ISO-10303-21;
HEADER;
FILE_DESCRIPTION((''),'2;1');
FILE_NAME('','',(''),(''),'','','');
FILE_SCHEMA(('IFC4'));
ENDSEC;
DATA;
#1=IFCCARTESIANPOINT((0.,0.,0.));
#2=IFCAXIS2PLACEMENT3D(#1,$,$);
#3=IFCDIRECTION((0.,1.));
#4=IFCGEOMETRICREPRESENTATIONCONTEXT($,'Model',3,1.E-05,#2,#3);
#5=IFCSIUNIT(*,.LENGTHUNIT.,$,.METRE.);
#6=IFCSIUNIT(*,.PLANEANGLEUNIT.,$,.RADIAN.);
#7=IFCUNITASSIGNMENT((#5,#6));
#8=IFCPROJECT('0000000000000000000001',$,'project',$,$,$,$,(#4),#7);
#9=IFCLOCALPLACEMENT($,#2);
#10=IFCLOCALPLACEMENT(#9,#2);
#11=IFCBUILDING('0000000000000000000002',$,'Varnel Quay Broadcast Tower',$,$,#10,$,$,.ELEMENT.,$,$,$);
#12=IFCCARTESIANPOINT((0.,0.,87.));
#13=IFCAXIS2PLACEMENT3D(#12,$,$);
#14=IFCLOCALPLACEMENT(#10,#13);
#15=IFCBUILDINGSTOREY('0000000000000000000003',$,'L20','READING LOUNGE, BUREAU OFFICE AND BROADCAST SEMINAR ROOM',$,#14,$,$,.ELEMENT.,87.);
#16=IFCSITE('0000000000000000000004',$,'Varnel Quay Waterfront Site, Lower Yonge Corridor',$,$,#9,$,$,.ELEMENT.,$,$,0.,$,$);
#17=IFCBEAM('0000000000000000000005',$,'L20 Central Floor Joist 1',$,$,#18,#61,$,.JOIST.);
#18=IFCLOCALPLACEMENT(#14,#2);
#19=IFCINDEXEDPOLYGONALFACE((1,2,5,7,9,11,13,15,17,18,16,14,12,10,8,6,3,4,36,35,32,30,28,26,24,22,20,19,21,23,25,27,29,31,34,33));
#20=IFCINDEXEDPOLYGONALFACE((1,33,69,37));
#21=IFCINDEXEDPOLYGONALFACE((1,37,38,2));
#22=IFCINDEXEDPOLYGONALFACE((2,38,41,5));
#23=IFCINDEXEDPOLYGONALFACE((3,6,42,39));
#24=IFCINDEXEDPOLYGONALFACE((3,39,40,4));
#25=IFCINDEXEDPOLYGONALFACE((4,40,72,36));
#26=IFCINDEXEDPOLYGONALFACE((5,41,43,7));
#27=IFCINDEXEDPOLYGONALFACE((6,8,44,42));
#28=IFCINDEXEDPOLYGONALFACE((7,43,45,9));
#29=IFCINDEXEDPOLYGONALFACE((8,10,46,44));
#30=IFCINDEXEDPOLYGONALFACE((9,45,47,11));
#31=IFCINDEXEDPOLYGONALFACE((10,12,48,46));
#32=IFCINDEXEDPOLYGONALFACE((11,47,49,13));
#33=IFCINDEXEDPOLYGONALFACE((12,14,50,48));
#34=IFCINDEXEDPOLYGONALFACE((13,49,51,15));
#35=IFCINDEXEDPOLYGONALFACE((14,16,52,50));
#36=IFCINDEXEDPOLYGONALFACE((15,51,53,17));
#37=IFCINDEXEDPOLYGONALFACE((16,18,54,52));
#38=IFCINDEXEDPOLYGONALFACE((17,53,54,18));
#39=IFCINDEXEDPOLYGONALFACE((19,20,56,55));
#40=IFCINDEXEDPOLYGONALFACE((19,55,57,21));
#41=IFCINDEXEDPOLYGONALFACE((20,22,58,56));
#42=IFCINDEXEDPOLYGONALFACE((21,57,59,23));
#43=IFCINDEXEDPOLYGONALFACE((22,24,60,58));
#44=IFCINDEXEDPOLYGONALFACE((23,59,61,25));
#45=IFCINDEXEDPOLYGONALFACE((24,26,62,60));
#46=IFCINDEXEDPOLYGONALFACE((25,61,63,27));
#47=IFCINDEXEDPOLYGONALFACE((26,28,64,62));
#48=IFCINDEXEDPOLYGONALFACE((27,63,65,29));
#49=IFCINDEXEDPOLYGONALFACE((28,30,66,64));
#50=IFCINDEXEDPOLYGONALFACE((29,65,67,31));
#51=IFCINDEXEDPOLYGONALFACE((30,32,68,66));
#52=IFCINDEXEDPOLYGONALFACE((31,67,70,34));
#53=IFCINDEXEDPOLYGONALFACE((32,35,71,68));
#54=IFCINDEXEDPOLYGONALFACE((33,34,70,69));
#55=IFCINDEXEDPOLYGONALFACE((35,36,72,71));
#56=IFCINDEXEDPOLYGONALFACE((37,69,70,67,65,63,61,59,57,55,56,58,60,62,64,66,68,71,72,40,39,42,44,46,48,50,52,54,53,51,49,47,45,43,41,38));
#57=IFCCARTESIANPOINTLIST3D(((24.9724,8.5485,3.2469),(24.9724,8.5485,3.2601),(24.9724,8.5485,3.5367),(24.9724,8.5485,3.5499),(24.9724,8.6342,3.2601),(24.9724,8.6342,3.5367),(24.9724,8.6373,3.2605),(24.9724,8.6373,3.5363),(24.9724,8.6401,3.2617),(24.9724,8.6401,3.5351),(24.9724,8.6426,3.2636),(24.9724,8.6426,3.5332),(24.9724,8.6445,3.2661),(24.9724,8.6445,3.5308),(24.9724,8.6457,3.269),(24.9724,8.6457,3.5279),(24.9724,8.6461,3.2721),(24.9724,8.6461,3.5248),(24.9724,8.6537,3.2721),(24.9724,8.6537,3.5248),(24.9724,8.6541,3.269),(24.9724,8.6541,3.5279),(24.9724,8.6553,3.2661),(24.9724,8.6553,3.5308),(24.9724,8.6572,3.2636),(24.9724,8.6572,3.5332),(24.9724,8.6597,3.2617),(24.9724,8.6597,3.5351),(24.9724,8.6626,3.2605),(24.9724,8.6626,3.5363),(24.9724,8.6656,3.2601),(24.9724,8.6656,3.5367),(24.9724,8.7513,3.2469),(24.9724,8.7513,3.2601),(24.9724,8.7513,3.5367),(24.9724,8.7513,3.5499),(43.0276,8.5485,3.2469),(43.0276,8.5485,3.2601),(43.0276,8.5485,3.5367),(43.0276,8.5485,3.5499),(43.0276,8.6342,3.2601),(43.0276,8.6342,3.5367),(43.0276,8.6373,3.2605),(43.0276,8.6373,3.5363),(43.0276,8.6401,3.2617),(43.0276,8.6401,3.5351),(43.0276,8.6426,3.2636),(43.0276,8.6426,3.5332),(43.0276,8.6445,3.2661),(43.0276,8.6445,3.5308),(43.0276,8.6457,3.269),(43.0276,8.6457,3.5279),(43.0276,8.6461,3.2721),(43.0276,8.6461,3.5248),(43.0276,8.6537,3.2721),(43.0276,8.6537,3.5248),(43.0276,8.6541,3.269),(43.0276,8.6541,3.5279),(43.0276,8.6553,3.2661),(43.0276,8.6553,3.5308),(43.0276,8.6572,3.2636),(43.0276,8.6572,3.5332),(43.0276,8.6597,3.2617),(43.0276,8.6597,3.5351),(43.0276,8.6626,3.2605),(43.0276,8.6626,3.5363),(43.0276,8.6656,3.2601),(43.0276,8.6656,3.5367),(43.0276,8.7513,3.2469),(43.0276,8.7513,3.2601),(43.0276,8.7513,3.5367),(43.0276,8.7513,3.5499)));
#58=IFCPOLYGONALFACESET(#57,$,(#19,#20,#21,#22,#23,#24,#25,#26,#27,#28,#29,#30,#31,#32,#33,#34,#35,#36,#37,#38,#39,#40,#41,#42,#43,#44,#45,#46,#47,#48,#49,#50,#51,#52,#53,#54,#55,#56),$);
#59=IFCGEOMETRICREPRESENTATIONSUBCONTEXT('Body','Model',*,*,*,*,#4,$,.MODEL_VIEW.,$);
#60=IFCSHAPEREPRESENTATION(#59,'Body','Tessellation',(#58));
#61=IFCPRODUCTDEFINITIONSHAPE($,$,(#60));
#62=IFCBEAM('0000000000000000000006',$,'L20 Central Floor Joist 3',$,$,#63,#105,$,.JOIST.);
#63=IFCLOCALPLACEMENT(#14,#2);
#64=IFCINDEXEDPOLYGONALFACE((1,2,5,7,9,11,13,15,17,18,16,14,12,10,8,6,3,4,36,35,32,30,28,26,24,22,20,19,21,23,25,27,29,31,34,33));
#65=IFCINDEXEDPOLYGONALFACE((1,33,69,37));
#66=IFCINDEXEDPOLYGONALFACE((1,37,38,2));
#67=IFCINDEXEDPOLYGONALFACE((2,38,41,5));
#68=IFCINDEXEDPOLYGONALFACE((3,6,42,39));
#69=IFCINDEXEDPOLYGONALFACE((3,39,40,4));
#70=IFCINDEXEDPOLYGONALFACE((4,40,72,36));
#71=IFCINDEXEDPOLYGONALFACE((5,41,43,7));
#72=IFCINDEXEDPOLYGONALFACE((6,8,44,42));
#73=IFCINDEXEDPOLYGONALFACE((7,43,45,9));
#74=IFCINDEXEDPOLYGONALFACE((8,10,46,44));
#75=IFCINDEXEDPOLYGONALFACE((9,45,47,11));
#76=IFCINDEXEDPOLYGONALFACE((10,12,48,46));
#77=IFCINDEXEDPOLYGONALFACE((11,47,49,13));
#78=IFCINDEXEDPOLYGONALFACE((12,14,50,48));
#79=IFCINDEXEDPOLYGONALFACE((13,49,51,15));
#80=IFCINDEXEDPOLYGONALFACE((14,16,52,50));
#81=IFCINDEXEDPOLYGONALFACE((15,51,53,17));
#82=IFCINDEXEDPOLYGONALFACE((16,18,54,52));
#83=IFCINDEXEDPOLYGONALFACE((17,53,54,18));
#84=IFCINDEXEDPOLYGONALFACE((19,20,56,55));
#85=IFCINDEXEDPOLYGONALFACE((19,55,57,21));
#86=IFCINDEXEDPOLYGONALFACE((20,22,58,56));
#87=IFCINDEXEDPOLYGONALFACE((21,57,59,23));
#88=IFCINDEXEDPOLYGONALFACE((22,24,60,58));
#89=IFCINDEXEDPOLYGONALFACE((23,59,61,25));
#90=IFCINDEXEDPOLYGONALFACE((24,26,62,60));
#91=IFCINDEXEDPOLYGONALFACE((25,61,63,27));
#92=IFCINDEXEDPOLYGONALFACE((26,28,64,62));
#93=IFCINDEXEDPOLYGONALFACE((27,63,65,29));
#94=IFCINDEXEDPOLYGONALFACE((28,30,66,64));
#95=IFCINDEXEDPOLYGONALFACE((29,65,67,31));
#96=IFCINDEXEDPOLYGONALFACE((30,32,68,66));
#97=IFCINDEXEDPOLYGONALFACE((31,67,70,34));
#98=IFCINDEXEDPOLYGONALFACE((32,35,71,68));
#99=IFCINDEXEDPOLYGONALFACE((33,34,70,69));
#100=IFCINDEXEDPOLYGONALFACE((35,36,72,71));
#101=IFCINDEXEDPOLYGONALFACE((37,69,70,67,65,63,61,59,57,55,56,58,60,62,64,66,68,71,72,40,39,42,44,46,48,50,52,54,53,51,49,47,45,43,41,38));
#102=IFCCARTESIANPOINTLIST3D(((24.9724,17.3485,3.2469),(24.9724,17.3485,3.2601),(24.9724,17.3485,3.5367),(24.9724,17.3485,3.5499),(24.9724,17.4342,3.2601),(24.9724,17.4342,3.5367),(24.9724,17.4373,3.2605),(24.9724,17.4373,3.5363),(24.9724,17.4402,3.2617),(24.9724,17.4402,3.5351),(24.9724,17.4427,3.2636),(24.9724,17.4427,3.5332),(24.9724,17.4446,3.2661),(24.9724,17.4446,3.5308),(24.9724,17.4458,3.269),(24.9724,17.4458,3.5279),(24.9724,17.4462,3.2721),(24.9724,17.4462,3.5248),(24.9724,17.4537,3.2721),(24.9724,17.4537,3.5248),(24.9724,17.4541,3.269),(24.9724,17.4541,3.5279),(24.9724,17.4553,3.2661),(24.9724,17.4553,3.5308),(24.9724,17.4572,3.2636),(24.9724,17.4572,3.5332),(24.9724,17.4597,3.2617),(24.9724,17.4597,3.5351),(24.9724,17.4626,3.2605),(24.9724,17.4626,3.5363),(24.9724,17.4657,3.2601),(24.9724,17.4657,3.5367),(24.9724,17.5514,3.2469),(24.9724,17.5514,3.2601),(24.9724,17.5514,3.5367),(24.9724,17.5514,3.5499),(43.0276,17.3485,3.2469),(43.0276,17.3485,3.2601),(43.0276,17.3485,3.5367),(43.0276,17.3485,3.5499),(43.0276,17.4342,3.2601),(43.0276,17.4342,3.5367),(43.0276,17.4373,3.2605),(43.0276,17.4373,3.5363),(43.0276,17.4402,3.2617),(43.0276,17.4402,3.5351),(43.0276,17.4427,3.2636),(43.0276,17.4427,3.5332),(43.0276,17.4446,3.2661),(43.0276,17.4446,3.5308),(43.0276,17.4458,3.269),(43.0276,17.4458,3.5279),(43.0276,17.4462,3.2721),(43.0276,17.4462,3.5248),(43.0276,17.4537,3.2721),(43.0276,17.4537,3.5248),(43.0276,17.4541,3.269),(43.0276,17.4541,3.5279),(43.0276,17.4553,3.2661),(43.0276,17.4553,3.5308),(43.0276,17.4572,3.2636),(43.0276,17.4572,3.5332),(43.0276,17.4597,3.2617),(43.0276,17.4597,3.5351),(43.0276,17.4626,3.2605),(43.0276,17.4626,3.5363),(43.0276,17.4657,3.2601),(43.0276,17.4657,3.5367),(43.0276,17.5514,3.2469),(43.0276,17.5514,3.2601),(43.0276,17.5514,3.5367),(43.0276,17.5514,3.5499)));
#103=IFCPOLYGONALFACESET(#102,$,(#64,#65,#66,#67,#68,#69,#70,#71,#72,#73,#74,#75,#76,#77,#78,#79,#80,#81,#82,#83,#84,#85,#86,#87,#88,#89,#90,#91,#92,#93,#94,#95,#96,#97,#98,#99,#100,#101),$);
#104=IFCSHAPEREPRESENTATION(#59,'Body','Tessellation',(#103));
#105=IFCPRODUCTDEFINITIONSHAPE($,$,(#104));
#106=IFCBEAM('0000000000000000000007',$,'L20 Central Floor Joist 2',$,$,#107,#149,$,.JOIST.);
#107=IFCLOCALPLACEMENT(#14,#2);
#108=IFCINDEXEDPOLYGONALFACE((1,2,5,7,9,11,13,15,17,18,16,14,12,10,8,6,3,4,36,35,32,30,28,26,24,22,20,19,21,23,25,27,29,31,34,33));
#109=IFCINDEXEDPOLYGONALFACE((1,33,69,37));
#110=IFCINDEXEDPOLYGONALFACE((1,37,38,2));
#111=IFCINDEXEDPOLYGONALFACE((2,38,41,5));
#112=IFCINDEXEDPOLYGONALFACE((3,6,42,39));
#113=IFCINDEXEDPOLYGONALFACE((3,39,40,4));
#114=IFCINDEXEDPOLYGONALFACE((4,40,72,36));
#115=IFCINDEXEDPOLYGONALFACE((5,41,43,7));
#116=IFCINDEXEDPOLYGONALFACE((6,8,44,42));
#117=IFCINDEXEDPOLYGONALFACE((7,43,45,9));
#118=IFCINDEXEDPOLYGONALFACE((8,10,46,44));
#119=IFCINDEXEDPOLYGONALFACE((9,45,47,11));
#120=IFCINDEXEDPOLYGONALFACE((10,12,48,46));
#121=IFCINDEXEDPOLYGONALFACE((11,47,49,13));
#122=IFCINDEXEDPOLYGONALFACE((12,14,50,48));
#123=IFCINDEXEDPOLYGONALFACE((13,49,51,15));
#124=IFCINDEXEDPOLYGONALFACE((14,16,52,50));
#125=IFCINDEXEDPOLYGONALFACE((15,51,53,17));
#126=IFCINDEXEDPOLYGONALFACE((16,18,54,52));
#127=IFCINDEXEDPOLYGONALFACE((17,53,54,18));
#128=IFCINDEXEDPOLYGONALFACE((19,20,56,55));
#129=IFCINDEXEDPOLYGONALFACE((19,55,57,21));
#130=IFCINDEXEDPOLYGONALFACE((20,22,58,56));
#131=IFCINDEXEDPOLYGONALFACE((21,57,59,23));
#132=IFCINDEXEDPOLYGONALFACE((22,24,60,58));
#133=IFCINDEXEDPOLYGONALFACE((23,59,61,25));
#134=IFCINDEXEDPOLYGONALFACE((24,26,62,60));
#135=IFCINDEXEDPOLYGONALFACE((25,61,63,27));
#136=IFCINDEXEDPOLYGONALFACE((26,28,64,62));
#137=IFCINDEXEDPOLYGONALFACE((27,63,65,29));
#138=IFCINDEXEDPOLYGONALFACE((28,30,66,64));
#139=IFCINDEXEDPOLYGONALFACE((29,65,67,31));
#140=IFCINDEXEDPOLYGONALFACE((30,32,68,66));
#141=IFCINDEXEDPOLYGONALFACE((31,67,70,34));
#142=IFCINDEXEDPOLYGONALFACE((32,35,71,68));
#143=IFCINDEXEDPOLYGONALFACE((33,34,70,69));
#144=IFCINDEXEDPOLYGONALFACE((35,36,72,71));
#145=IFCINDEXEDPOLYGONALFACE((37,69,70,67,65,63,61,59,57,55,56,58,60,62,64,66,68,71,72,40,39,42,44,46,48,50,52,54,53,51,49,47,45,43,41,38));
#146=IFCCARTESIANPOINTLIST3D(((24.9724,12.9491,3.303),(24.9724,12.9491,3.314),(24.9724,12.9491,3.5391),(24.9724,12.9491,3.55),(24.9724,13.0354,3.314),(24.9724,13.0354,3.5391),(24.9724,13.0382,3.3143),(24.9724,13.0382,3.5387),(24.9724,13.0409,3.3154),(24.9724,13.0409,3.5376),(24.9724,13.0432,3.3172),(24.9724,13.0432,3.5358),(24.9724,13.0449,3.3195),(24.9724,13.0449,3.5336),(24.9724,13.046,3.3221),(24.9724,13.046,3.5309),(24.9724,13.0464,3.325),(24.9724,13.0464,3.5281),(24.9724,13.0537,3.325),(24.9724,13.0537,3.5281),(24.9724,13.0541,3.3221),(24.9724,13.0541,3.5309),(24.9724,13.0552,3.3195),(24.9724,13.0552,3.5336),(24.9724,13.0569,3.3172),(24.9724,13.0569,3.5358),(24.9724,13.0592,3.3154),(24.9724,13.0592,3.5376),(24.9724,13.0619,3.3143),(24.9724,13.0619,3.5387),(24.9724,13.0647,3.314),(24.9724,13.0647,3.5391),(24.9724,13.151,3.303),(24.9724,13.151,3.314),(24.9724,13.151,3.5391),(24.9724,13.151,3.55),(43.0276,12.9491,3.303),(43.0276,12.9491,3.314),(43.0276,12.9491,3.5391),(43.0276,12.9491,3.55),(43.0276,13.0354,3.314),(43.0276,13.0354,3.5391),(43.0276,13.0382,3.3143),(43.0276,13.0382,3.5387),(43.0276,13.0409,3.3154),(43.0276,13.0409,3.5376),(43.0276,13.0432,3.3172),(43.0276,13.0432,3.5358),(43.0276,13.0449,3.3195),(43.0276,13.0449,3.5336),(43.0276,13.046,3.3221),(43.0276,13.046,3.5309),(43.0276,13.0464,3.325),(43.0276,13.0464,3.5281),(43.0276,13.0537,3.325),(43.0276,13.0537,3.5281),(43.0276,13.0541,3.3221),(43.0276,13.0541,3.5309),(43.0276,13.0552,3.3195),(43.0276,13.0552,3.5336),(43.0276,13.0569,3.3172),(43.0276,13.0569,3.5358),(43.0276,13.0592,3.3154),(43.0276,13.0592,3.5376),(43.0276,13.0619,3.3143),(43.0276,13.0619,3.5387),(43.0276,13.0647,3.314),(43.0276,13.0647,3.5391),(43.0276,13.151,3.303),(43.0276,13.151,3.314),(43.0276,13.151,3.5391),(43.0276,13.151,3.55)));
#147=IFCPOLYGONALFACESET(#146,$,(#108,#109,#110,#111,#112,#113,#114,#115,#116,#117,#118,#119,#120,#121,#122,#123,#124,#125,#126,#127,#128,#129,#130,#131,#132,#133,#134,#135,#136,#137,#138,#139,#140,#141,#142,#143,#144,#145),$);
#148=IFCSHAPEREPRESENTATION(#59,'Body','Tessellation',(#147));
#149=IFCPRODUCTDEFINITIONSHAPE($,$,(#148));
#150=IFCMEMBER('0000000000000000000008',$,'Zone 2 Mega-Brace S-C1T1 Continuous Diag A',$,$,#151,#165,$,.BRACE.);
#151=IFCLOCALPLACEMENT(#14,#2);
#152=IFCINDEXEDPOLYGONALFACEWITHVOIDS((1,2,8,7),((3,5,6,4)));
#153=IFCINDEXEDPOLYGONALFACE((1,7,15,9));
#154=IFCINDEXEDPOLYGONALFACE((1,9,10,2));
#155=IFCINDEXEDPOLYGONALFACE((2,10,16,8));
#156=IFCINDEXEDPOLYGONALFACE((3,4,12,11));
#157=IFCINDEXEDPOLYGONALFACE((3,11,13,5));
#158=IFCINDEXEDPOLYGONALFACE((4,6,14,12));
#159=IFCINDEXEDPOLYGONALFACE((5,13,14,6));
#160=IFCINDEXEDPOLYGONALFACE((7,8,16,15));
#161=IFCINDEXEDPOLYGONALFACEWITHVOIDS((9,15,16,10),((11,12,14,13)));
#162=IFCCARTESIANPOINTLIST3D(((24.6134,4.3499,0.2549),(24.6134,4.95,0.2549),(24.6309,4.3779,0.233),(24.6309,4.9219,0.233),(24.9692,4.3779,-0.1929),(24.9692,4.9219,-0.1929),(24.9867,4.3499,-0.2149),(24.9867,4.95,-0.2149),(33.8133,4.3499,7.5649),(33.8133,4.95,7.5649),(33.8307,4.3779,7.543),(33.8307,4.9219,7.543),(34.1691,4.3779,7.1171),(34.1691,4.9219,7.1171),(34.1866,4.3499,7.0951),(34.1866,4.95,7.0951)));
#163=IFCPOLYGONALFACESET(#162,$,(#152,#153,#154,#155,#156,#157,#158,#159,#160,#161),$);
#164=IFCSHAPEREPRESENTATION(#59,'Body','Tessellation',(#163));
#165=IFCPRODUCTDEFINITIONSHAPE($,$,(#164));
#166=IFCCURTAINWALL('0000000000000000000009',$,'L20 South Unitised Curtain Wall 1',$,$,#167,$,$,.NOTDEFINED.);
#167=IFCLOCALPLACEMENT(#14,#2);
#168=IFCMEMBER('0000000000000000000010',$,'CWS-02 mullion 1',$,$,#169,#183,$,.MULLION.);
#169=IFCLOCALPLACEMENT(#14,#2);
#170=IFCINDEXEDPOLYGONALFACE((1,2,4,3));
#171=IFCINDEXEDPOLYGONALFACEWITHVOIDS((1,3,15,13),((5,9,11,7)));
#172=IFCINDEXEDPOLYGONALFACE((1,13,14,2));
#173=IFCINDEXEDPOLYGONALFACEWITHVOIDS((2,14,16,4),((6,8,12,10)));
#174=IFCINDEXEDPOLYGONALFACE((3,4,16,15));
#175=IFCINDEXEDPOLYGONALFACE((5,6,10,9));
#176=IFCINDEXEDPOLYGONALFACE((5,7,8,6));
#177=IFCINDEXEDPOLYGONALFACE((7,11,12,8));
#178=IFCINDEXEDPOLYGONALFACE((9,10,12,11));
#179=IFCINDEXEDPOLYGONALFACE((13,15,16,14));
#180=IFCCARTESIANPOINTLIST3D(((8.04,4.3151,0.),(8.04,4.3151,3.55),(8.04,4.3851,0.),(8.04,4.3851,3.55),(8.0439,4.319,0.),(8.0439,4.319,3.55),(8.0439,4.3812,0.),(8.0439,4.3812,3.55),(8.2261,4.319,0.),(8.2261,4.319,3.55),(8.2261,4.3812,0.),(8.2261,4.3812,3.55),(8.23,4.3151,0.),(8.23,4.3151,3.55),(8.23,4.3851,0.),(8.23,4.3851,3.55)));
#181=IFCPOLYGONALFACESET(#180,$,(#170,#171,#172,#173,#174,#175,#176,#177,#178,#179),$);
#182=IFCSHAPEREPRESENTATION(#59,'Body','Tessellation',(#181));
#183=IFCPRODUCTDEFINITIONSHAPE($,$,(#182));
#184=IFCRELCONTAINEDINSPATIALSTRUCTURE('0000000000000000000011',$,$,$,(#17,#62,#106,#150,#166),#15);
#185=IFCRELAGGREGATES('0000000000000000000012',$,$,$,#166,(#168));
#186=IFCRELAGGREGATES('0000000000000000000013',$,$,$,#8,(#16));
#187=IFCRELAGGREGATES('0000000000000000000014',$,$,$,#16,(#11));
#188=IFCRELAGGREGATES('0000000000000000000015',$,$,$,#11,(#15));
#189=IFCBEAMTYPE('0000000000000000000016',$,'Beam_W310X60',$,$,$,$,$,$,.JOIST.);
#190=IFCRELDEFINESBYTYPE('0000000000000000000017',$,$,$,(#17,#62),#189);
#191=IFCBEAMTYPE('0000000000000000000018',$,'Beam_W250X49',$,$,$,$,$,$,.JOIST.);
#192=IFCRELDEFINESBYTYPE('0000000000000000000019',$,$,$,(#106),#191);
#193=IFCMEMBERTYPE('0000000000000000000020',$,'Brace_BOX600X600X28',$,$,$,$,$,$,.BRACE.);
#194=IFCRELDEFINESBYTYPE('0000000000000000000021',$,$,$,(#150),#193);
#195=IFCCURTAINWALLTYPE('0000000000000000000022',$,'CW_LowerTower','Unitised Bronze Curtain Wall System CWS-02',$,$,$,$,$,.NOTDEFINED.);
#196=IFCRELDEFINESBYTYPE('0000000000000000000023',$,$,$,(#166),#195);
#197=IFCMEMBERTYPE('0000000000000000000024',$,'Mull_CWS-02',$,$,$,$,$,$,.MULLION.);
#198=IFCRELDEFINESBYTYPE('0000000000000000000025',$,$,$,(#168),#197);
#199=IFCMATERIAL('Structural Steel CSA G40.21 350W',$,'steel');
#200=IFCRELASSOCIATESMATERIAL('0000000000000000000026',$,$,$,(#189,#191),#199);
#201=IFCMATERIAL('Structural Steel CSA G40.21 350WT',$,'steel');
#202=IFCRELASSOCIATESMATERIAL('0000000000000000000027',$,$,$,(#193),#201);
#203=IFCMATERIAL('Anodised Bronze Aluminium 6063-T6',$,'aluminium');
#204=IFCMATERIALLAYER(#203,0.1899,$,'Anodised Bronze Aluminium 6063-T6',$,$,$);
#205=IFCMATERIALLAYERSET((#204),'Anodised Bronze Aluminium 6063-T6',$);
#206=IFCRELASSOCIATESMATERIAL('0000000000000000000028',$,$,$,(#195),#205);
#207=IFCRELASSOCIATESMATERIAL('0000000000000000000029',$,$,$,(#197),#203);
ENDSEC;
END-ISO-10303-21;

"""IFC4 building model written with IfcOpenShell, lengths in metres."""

from ifc_helpers import new_model, si_unit, direction, frame, origin, origin_2d, place, context, subcontext, project, spatial, hollow_rectangle, i_section, extrude, source, transform, mapped, material, layer, layer_set, material_profile, profile_set, type_object, type_shapes, element, aggregate, save


model = new_model("IFC4")

# Units and contexts
model_context = context("Model", 3, precision=1e-05, world=origin(), true_north=direction((0.0, 1.0)))
body_context = subcontext(model_context, "Body", "Model", "MODEL_VIEW")
ifc_project = project(units=[si_unit("LENGTHUNIT", "METRE"), si_unit("PLANEANGLEUNIT", "RADIAN")], contexts=[model_context])

# Site, building, storey
site_placement = place(None, origin())
site = spatial("IfcSite", under=ifc_project, at=site_placement, Name="Varnel Quay Waterfront Site, Lower Yonge Corridor", CompositionType="ELEMENT", RefElevation=0.0)
building_placement = place(site_placement, origin())
building = spatial("IfcBuilding", under=site, at=building_placement, Name="Varnel Quay Broadcast Tower", CompositionType="ELEMENT")
storey_placement = place(building_placement, frame((0.0, 0.0, 87.0)))
storey = spatial("IfcBuildingStorey", under=building, at=storey_placement, Name="L20", Description="READING LOUNGE, BUREAU OFFICE AND BROADCAST SEMINAR ROOM", CompositionType="ELEMENT", Elevation=87.0)

# Shared definitions
ifc_material_1 = material(Name="Structural Steel CSA G40.21 350WT", Category="steel")
ifc_material_2 = material(Name="Structural Steel CSA G40.21 350W", Category="steel")

# Beams
ifc_material_profile_1 = material_profile(ifc_material_2, i_section(OverallWidth=0.2029, OverallDepth=0.303, WebThickness=0.0076, FlangeThickness=0.0132, FilletRadius=0.012, at=origin_2d()), Name="W310X60")
ifc_profile_set_1 = profile_set([ifc_material_profile_1], Name="Structural Steel CSA G40.21 350W")
beam_type_1 = type_object("IfcBeamType", Name="Beam_W310X60", PredefinedType="JOIST", material=ifc_profile_set_1)
shared_shape_1 = source(origin(), body_context, "Body", "SweptSolid", [
    extrude(i_section(OverallWidth=0.2029, OverallDepth=0.303, WebThickness=0.0076, FlangeThickness=0.0132, FilletRadius=0.012, at=origin_2d()), origin(), (0.0, 0.0, 1.0), 18.0552),
])
type_shapes(beam_type_1, [shared_shape_1])
for number, where, z_axis, x_axis, name in (
    (1, (24.9724, 8.6499, 3.3984), (1.0, 0.0, 0.0), (0.0, 1.0, 0.0), "L20 Central Floor Joist 1"),
    (2, (24.9724, 17.45, 3.3984), (1.0, 0.0, 0.0), (0.0, 1.0, 0.0), "L20 Central Floor Joist 3"),
):
    element("IfcBeam", number, at=place(storey_placement, frame(where, z_axis=z_axis, x_axis=x_axis)), inside=storey, type_object=beam_type_1, Name=name, PredefinedType="JOIST", context=body_context, shape_type="MappedRepresentation", body=[
        mapped(shared_shape_1, transform((0.0, 0.0, 0.0), x_axis=(1.0, 0.0, 0.0), y_axis=(0.0, 1.0, 0.0), z_axis=(0.0, 0.0, 1.0), scale=1.0)),
    ])
ifc_material_profile_2 = material_profile(ifc_material_2, i_section(OverallWidth=0.2019, OverallDepth=0.2471, WebThickness=0.0073, FlangeThickness=0.011, FilletRadius=0.011, at=origin_2d()), Name="W250X49")
ifc_profile_set_2 = profile_set([ifc_material_profile_2], Name="Structural Steel CSA G40.21 350W")
beam_type_2 = type_object("IfcBeamType", Name="Beam_W250X49", PredefinedType="JOIST", material=ifc_profile_set_2)
shared_shape_2 = source(origin(), body_context, "Body", "SweptSolid", [
    extrude(i_section(OverallWidth=0.2019, OverallDepth=0.2471, WebThickness=0.0073, FlangeThickness=0.011, FilletRadius=0.011, at=origin_2d()), origin(), (0.0, 0.0, 1.0), 18.0552),
])
type_shapes(beam_type_2, [shared_shape_2])
beam_1_placement = place(storey_placement, frame((24.9724, 13.05, 3.4265), z_axis=(1.0, 0.0, 0.0), x_axis=(0.0, 1.0, 0.0)))
element("IfcBeam", 3, at=beam_1_placement, inside=storey, type_object=beam_type_2, Name="L20 Central Floor Joist 2", PredefinedType="JOIST", context=body_context, shape_type="MappedRepresentation", body=[
    mapped(shared_shape_2, transform((0.0, 0.0, 0.0), x_axis=(1.0, 0.0, 0.0), y_axis=(0.0, 1.0, 0.0), z_axis=(0.0, 0.0, 1.0), scale=1.0)),
])

# Member
ifc_material_profile_3 = material_profile(ifc_material_1, hollow_rectangle(XDim=0.6001, YDim=0.6001, WallThickness=0.0281, at=origin_2d()), Name="BOX600X600X28")
ifc_profile_set_3 = profile_set([ifc_material_profile_3], Name="Structural Steel CSA G40.21 350WT")
member_type_1 = type_object("IfcMemberType", Name="Brace_BOX600X600X28", PredefinedType="BRACE", material=ifc_profile_set_3)
shared_shape_3 = source(origin(), body_context, "Body", "SweptSolid", [
    extrude(hollow_rectangle(XDim=0.6001, YDim=0.6001, WallThickness=0.0281, at=origin_2d()), origin(), (0.0, 0.0, 1.0), 11.7505),
])
type_shapes(member_type_1, [shared_shape_3])
member_1_placement = place(storey_placement, frame((24.8, 4.6499, 0.02), z_axis=(0.782936, 0.0, 0.622102), x_axis=(0.0, 1.0, 0.0)))
element("IfcMember", 4, at=member_1_placement, inside=storey, type_object=member_type_1, Name="Zone 2 Mega-Brace S-C1T1 Continuous Diag A", PredefinedType="BRACE", context=body_context, shape_type="MappedRepresentation", body=[
    mapped(shared_shape_3, transform((0.0, 0.0, 0.0), x_axis=(1.0, 0.0, 0.0), y_axis=(0.0, 1.0, 0.0), z_axis=(0.0, 0.0, 1.0), scale=1.0)),
])

# Curtain wall, member
ifc_material_3 = material(Name="Anodised Bronze Aluminium 6063-T6", Category="aluminium")
ifc_layer_1 = layer(ifc_material_3, 0.1899, Name="Anodised Bronze Aluminium 6063-T6")
ifc_layer_set_1 = layer_set([ifc_layer_1], Name="Anodised Bronze Aluminium 6063-T6")
curtain_wall_type_1 = type_object("IfcCurtainWallType", Name="CW_LowerTower", Description="Unitised Bronze Curtain Wall System CWS-02", PredefinedType="NOTDEFINED", material=ifc_layer_set_1)
curtain_wall_1_placement = place(storey_placement, origin())
curtain_wall_1 = element("IfcCurtainWall", 5, at=curtain_wall_1_placement, inside=storey, type_object=curtain_wall_type_1, Name="L20 South Unitised Curtain Wall 1", PredefinedType="NOTDEFINED")
ifc_material_profile_4 = material_profile(ifc_material_3, hollow_rectangle(XDim=0.0701, YDim=0.1899, WallThickness=0.0039, at=origin_2d()), Name="ALU70X190X4")
ifc_profile_set_4 = profile_set([ifc_material_profile_4], Name="Anodised Bronze Aluminium 6063-T6")
member_type_2 = type_object("IfcMemberType", Name="Mull_CWS-02", PredefinedType="MULLION", material=ifc_profile_set_4)
shared_shape_4 = source(origin(), body_context, "Body", "SweptSolid", [
    extrude(hollow_rectangle(XDim=0.0701, YDim=0.1899, WallThickness=0.0039, at=origin_2d()), origin(), (0.0, 0.0, 1.0), 3.55),
])
type_shapes(member_type_2, [shared_shape_4])
member_2_placement = place(storey_placement, frame((8.135, 4.3501, 0.0), z_axis=(0.0, 0.0, 1.0), x_axis=(0.0, 1.0, 0.0)))
member_2 = element("IfcMember", 6, at=member_2_placement, type_object=member_type_2, Name="CWS-02 mullion 1", PredefinedType="MULLION", context=body_context, shape_type="MappedRepresentation", body=[
    mapped(shared_shape_4, transform((0.0, 0.0, 0.0), x_axis=(1.0, 0.0, 0.0), y_axis=(0.0, 1.0, 0.0), z_axis=(0.0, 0.0, 1.0), scale=1.0)),
])

aggregate(curtain_wall_1, [member_2])

save(model, "model.ifc")
